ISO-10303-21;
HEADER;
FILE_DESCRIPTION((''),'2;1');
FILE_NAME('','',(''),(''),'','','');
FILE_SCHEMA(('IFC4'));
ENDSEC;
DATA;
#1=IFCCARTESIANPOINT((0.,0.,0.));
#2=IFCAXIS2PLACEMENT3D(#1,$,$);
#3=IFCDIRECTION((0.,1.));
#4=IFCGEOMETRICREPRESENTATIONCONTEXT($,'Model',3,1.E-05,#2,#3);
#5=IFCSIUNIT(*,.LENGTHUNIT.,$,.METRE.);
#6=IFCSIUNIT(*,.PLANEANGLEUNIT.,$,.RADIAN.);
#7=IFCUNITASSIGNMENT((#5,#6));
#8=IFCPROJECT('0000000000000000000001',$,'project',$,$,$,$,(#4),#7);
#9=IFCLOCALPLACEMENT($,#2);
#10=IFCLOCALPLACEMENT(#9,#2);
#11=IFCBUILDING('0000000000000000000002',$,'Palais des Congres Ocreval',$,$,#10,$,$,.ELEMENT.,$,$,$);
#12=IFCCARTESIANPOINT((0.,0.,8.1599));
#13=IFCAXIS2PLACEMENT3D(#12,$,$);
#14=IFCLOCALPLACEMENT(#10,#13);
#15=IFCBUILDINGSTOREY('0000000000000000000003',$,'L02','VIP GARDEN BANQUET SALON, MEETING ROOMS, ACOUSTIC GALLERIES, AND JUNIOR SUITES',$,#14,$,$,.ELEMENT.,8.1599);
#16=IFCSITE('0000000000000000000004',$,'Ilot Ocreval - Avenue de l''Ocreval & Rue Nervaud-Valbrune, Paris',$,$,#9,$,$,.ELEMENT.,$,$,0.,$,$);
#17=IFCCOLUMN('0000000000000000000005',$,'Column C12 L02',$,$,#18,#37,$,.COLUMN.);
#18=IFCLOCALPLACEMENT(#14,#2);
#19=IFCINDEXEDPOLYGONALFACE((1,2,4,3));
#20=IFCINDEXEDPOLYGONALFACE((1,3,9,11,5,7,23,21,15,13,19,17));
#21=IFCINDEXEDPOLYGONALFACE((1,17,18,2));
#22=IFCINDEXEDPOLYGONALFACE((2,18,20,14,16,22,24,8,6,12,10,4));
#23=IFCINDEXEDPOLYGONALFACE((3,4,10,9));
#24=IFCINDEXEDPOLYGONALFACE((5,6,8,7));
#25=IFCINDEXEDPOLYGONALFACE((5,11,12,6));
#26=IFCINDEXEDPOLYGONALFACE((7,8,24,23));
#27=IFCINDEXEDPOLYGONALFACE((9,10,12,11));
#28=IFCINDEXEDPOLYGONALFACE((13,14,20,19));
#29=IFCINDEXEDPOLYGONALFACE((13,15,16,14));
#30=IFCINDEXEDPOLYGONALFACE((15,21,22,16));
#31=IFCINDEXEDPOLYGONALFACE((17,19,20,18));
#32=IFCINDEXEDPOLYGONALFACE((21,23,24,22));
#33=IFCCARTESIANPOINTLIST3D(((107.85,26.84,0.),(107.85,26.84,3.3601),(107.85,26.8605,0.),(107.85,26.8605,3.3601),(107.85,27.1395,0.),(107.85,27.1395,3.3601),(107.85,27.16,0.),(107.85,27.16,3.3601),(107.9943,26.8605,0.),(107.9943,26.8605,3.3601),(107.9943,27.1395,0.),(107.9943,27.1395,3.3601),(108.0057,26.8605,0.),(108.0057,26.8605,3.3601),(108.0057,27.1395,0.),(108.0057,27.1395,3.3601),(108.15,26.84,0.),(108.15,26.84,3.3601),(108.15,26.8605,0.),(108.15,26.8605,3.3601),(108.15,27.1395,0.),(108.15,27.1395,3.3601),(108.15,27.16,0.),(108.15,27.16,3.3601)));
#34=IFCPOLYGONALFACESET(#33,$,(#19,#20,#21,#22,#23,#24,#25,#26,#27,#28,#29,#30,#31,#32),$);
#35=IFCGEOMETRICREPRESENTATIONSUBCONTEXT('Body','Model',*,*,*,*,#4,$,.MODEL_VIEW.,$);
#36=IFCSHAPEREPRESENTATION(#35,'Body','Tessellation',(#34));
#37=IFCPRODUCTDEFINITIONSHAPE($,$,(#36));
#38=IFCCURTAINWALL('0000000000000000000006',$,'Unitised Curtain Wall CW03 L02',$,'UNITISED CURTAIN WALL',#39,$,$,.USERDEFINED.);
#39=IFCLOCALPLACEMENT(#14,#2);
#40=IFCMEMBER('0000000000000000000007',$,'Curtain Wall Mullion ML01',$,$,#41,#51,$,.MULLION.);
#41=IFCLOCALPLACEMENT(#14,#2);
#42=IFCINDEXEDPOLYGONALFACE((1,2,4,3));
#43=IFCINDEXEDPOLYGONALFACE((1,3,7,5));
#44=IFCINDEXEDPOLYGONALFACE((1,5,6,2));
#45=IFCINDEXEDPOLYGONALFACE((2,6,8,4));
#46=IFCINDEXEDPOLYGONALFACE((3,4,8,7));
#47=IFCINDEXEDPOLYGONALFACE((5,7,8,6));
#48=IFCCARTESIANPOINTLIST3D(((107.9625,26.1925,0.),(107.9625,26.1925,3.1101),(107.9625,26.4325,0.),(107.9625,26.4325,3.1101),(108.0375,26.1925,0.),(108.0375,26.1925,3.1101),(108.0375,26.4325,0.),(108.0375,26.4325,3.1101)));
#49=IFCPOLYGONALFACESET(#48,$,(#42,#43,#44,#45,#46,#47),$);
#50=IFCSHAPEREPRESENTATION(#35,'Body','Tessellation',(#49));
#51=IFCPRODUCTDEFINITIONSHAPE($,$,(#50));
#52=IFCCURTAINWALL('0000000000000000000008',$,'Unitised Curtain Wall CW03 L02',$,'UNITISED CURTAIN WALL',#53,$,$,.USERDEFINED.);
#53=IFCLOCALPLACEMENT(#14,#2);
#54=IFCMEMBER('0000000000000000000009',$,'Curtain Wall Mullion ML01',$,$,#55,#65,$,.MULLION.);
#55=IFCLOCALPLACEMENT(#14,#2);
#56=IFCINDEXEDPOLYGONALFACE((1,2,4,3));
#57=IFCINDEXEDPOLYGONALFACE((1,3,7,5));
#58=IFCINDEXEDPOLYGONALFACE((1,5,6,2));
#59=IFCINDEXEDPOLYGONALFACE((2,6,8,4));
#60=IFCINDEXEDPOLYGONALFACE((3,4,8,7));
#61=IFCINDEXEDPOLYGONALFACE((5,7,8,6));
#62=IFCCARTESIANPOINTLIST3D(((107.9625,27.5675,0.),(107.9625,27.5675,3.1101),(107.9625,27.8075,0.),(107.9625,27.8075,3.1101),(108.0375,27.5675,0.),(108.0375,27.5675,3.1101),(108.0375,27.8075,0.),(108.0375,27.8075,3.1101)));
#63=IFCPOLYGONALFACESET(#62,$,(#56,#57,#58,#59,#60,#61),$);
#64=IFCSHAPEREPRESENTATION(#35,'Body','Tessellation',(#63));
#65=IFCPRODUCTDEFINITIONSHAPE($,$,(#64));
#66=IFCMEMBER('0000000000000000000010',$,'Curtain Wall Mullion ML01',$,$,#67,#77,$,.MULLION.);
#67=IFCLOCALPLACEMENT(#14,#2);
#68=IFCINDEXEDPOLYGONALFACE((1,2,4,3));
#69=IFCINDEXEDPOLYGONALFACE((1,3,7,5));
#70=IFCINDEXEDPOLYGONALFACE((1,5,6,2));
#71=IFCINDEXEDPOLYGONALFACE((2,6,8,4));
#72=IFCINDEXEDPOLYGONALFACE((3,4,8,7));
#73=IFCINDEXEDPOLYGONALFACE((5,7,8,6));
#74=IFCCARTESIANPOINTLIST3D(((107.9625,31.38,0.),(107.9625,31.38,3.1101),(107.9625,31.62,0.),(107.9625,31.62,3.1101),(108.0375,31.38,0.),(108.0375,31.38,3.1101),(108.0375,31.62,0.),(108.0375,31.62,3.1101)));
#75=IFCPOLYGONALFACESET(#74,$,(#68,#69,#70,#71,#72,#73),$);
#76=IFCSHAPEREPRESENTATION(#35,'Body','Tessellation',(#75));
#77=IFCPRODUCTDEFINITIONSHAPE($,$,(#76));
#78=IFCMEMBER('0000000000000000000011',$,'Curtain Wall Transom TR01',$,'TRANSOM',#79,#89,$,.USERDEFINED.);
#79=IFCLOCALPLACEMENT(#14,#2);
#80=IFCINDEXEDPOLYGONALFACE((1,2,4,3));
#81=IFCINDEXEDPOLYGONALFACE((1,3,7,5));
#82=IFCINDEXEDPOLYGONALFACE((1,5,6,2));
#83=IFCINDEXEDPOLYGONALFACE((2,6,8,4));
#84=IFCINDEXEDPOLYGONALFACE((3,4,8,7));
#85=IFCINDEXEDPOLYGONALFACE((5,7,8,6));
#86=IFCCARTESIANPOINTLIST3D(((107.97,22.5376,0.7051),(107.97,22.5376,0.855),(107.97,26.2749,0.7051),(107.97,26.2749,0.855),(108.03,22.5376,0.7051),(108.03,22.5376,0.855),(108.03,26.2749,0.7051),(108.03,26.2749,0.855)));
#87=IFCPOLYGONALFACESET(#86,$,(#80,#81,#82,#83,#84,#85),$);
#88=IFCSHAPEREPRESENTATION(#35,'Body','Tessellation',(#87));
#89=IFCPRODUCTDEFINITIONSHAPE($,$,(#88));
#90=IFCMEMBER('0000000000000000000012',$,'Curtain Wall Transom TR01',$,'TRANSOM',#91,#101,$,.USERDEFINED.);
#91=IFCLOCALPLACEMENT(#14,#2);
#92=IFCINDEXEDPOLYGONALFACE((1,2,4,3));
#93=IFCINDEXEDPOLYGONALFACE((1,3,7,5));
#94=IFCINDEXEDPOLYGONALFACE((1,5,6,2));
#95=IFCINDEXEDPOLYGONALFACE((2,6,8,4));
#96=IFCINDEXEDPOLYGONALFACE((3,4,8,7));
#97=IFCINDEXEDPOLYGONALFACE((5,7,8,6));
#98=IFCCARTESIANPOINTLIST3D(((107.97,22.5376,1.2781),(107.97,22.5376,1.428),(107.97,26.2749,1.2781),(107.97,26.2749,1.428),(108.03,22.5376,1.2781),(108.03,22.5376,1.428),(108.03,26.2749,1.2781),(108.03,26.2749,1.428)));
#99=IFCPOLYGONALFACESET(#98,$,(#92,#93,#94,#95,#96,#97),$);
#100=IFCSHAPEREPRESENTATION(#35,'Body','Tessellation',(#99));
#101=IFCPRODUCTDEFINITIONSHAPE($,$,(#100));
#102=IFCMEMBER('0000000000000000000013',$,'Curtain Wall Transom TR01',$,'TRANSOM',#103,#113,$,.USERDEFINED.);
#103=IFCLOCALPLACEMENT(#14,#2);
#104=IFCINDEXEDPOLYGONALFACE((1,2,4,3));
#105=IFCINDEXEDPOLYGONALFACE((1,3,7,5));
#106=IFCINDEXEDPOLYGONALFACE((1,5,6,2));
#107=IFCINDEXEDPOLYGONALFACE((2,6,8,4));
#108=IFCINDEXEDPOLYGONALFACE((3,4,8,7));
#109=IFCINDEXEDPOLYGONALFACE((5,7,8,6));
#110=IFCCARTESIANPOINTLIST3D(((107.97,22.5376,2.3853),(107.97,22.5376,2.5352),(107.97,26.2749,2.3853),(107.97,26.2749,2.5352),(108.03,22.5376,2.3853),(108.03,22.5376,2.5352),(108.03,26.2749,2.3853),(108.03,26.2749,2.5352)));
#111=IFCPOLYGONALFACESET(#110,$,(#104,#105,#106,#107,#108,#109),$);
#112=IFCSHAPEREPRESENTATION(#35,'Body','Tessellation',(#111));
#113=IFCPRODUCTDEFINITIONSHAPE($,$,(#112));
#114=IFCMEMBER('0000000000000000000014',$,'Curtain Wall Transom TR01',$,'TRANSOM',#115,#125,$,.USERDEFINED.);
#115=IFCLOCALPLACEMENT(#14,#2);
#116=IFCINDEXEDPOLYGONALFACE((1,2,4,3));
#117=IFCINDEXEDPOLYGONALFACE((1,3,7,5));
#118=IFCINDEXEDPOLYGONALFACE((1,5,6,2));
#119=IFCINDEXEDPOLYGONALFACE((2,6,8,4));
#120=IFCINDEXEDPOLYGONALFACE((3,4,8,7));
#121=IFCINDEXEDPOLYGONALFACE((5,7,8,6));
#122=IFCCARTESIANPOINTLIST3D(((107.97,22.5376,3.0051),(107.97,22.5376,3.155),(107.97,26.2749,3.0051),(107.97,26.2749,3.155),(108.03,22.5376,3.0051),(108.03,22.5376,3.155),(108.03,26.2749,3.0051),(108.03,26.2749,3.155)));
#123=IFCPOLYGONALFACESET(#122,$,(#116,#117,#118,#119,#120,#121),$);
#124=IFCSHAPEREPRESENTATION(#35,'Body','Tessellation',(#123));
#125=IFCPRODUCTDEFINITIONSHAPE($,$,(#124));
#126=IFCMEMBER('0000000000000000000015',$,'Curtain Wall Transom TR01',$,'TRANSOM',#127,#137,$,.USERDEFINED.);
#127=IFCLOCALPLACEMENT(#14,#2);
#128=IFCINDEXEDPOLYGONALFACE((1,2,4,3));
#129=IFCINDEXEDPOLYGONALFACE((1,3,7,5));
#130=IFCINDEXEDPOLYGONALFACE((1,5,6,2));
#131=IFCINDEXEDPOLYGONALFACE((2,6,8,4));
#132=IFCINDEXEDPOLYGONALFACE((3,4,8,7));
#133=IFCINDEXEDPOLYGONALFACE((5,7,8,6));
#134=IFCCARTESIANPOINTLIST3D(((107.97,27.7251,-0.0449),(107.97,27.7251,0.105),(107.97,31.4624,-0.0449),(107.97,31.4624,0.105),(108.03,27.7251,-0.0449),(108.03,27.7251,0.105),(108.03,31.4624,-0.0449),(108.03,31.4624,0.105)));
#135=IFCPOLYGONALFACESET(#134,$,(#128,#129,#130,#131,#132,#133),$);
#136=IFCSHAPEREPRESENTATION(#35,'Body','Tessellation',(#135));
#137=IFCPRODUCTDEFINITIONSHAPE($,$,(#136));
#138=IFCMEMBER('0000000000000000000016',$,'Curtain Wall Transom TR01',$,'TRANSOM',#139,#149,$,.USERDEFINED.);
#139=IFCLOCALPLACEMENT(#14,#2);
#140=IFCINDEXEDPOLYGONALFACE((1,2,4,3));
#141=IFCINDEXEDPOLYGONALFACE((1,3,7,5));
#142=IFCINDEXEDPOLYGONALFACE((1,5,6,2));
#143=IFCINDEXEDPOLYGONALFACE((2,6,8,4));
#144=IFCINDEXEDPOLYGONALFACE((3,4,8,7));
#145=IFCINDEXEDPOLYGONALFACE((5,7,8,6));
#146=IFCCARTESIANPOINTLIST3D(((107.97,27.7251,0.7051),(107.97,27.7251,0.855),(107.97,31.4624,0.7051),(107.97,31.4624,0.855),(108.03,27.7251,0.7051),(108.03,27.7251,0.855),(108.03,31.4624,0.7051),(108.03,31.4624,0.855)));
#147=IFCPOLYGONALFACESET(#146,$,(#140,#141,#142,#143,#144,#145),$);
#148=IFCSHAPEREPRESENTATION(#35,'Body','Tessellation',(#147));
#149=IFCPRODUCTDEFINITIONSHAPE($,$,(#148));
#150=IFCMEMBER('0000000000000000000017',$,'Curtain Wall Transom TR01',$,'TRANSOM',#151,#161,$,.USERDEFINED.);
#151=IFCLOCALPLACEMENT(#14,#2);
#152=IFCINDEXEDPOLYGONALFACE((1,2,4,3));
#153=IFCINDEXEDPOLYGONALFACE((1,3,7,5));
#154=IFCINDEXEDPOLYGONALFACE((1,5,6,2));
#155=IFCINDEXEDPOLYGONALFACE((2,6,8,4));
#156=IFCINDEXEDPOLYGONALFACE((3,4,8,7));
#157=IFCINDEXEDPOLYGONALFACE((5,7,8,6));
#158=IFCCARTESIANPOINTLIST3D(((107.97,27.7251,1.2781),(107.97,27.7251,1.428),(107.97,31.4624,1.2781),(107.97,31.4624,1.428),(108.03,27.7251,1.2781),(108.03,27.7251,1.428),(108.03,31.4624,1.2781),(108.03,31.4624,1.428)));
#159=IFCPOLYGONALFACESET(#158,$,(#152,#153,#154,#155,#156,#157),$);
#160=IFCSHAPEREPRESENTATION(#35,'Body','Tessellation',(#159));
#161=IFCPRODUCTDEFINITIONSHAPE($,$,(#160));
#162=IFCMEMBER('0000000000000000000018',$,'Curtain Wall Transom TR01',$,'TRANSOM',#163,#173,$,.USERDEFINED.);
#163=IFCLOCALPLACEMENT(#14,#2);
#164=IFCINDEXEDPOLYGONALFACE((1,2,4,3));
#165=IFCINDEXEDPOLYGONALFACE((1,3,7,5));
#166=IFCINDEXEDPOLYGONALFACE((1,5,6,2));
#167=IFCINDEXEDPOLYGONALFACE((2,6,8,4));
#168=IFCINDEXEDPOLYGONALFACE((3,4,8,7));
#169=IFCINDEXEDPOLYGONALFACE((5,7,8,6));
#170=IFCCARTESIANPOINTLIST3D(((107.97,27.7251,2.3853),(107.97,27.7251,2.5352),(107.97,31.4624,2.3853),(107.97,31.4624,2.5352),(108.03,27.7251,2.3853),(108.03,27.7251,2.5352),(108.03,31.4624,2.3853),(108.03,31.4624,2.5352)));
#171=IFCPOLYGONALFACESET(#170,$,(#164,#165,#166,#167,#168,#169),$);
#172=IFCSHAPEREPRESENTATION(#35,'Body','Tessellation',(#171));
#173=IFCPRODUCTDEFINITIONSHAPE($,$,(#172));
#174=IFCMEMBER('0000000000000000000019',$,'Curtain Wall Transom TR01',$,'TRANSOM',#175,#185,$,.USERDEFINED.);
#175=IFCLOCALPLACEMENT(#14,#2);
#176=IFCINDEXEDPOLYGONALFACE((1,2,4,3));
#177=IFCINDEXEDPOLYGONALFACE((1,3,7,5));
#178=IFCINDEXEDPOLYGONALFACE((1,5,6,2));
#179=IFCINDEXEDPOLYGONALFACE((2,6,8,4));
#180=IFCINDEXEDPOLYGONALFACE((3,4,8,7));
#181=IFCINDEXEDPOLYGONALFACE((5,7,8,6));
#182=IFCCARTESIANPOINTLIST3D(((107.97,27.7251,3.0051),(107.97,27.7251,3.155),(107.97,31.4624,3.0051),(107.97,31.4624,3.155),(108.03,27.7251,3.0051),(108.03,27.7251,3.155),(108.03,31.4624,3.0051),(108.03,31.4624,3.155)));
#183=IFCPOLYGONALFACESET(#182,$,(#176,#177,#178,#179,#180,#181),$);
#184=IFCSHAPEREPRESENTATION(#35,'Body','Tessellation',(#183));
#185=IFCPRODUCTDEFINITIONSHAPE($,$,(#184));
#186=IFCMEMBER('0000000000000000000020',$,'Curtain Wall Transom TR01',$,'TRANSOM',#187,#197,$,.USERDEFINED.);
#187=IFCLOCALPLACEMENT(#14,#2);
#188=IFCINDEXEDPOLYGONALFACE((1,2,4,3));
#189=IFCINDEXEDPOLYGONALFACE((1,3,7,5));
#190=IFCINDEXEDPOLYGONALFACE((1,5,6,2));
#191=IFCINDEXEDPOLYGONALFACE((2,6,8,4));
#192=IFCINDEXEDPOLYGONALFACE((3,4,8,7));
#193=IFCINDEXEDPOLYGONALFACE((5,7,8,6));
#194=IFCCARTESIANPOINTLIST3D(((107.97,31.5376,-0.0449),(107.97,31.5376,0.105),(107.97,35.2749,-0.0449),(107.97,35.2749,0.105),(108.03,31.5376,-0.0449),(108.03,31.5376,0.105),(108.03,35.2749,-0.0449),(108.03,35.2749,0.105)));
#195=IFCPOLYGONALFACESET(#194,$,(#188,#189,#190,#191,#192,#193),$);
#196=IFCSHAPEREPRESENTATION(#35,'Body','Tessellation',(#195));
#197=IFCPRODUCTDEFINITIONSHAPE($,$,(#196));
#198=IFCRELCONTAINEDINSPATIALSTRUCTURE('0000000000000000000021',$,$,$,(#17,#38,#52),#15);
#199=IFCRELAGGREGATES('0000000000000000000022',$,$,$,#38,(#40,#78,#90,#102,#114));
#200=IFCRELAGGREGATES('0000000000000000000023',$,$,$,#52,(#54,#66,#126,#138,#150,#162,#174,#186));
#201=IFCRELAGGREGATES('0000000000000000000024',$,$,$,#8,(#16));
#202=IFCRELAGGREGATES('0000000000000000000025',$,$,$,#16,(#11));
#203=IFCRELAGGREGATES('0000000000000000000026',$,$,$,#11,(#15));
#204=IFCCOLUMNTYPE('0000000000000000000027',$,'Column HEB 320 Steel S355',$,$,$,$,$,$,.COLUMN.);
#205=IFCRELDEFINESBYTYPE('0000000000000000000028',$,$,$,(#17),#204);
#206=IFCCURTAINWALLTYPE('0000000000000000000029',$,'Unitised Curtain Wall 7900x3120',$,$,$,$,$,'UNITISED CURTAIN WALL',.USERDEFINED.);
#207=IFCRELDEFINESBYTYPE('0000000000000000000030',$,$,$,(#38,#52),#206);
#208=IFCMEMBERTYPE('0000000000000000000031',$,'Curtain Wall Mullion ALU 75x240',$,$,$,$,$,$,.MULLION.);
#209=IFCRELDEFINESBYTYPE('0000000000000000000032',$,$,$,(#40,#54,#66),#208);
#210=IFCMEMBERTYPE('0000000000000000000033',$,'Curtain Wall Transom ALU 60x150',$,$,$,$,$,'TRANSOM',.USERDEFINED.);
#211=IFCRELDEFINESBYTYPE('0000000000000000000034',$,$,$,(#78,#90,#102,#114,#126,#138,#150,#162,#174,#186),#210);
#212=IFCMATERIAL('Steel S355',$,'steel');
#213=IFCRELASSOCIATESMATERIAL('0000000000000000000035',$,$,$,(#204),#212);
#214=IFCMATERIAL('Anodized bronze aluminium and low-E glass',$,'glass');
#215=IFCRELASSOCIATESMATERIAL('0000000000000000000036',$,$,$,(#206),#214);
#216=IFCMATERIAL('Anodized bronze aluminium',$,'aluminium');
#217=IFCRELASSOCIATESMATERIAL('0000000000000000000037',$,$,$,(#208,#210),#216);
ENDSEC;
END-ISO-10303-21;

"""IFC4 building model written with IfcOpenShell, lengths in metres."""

from ifc_helpers import new_model, si_unit, direction, frame, origin, origin_2d, place, context, subcontext, project, spatial, rectangle, i_section, extrude, material, material_profile, profile_set, type_object, element, aggregate, save


model = new_model("IFC4")

# Units and contexts
model_context = context("Model", 3, precision=1e-05, world=origin(), true_north=direction((0.0, 1.0)))
body_context = subcontext(model_context, "Body", "Model", "MODEL_VIEW")
ifc_project = project(units=[si_unit("LENGTHUNIT", "METRE"), si_unit("PLANEANGLEUNIT", "RADIAN")], contexts=[model_context])

# Site, building, storey
site_placement = place(None, origin())
site = spatial("IfcSite", under=ifc_project, at=site_placement, Name="Ilot Ocreval - Avenue de l'Ocreval & Rue Nervaud-Valbrune, Paris", CompositionType="ELEMENT", RefElevation=0.0)
building_placement = place(site_placement, origin())
building = spatial("IfcBuilding", under=site, at=building_placement, Name="Palais des Congres Ocreval", CompositionType="ELEMENT")
storey_placement = place(building_placement, frame((0.0, 0.0, 8.1599)))
storey = spatial("IfcBuildingStorey", under=building, at=storey_placement, Name="L02", Description="VIP GARDEN BANQUET SALON, MEETING ROOMS, ACOUSTIC GALLERIES, AND JUNIOR SUITES", CompositionType="ELEMENT", Elevation=8.1599)

# Column
ifc_material_1 = material(Name="Steel S355", Category="steel")
ifc_material_profile_1 = material_profile(ifc_material_1, i_section(OverallWidth=0.3, OverallDepth=0.3201, WebThickness=0.0115, FlangeThickness=0.0205, at=origin_2d()), Name="HEB 320")
ifc_profile_set_1 = profile_set([ifc_material_profile_1], Name="Steel S355")
column_type = type_object("IfcColumnType", Name="Column HEB 320 Steel S355", PredefinedType="COLUMN", material=ifc_profile_set_1)
column_placement = place(storey_placement, frame((108.0, 27.0, 0.0), z_axis=(0.0, 0.0, 1.0), x_axis=(1.0, 0.0, 0.0)))
element("IfcColumn", 1, at=column_placement, inside=storey, type_object=column_type, Name="Column C12 L02", PredefinedType="COLUMN", context=body_context, shape_type="SweptSolid", body=[
    extrude(i_section(OverallWidth=0.3, OverallDepth=0.3201, WebThickness=0.0115, FlangeThickness=0.0205, at=origin_2d()), origin(), (0.0, 0.0, 1.0), 3.3601),
])

# Curtain wall, member
ifc_material_2 = material(Name="Anodized bronze aluminium and low-E glass", Category="glass")
curtain_wall_type = type_object("IfcCurtainWallType", Name="Unitised Curtain Wall 7900x3120", ElementType="UNITISED CURTAIN WALL", PredefinedType="USERDEFINED", material=ifc_material_2)
curtain_wall_1_placement = place(storey_placement, origin())
curtain_wall_1 = element("IfcCurtainWall", 2, at=curtain_wall_1_placement, inside=storey, type_object=curtain_wall_type, Name="Unitised Curtain Wall CW03 L02", ObjectType="UNITISED CURTAIN WALL", PredefinedType="USERDEFINED")
ifc_material_3 = material(Name="Anodized bronze aluminium", Category="aluminium")
ifc_material_profile_2 = material_profile(ifc_material_3, rectangle(XDim=0.075, YDim=0.24, at=origin_2d()), Name="ALU 75x240")
ifc_profile_set_2 = profile_set([ifc_material_profile_2], Name="Anodized bronze aluminium")
member_type_1 = type_object("IfcMemberType", Name="Curtain Wall Mullion ALU 75x240", PredefinedType="MULLION", material=ifc_profile_set_2)
member_1_placement = place(storey_placement, frame((108.0, 26.3125, 0.0), z_axis=(0.0, 0.0, 1.0), x_axis=(-1.0, 0.0, 0.0)))
member_1 = element("IfcMember", 3, at=member_1_placement, type_object=member_type_1, Name="Curtain Wall Mullion ML01", PredefinedType="MULLION", context=body_context, shape_type="SweptSolid", body=[
    extrude(rectangle(XDim=0.075, YDim=0.24, at=origin_2d()), origin(), (0.0, 0.0, 1.0), 3.1101),
])

# Curtain wall, members
curtain_wall_2_placement = place(storey_placement, origin())
curtain_wall_2 = element("IfcCurtainWall", 4, at=curtain_wall_2_placement, inside=storey, type_object=curtain_wall_type, Name="Unitised Curtain Wall CW03 L02", ObjectType="UNITISED CURTAIN WALL", PredefinedType="USERDEFINED")
member_2_placement = place(storey_placement, frame((108.0, 27.6875, 0.0), z_axis=(0.0, 0.0, 1.0), x_axis=(-1.0, 0.0, 0.0)))
member_2 = element("IfcMember", 5, at=member_2_placement, type_object=member_type_1, Name="Curtain Wall Mullion ML01", PredefinedType="MULLION", context=body_context, shape_type="SweptSolid", body=[
    extrude(rectangle(XDim=0.075, YDim=0.24, at=origin_2d()), origin(), (0.0, 0.0, 1.0), 3.1101),
])
member_3_placement = place(storey_placement, frame((108.0, 31.5, 0.0), z_axis=(0.0, 0.0, 1.0), x_axis=(-1.0, 0.0, 0.0)))
member_3 = element("IfcMember", 6, at=member_3_placement, type_object=member_type_1, Name="Curtain Wall Mullion ML01", PredefinedType="MULLION", context=body_context, shape_type="SweptSolid", body=[
    extrude(rectangle(XDim=0.075, YDim=0.24, at=origin_2d()), origin(), (0.0, 0.0, 1.0), 3.1101),
])

# Members
ifc_material_profile_3 = material_profile(ifc_material_3, rectangle(XDim=0.0601, YDim=0.1499, at=origin_2d()), Name="ALU 60x150")
ifc_profile_set_3 = profile_set([ifc_material_profile_3], Name="Anodized bronze aluminium")
member_type_2 = type_object("IfcMemberType", Name="Curtain Wall Transom ALU 60x150", ElementType="TRANSOM", PredefinedType="USERDEFINED", material=ifc_profile_set_3)
member_4_placement = place(storey_placement, frame((108.0, 22.5376, 0.78), z_axis=(0.0, 1.0, 0.0), x_axis=(-1.0, 0.0, 0.0)))
member_4 = element("IfcMember", 7, at=member_4_placement, type_object=member_type_2, Name="Curtain Wall Transom TR01", ObjectType="TRANSOM", PredefinedType="USERDEFINED", context=body_context, shape_type="SweptSolid", body=[
    extrude(rectangle(XDim=0.0601, YDim=0.1499, at=origin_2d()), origin(), (0.0, 0.0, 1.0), 3.7373),
])
member_5_placement = place(storey_placement, frame((108.0, 22.5376, 1.353), z_axis=(0.0, 1.0, 0.0), x_axis=(-1.0, 0.0, 0.0)))
member_5 = element("IfcMember", 8, at=member_5_placement, type_object=member_type_2, Name="Curtain Wall Transom TR01", ObjectType="TRANSOM", PredefinedType="USERDEFINED", context=body_context, shape_type="SweptSolid", body=[
    extrude(rectangle(XDim=0.0601, YDim=0.1499, at=origin_2d()), origin(), (0.0, 0.0, 1.0), 3.7373),
])
member_6_placement = place(storey_placement, frame((108.0, 22.5376, 2.4602), z_axis=(0.0, 1.0, 0.0), x_axis=(-1.0, 0.0, 0.0)))
member_6 = element("IfcMember", 9, at=member_6_placement, type_object=member_type_2, Name="Curtain Wall Transom TR01", ObjectType="TRANSOM", PredefinedType="USERDEFINED", context=body_context, shape_type="SweptSolid", body=[
    extrude(rectangle(XDim=0.0601, YDim=0.1499, at=origin_2d()), origin(), (0.0, 0.0, 1.0), 3.7373),
])
member_7_placement = place(storey_placement, frame((108.0, 22.5376, 3.0801), z_axis=(0.0, 1.0, 0.0), x_axis=(-1.0, 0.0, 0.0)))
member_7 = element("IfcMember", 10, at=member_7_placement, type_object=member_type_2, Name="Curtain Wall Transom TR01", ObjectType="TRANSOM", PredefinedType="USERDEFINED", context=body_context, shape_type="SweptSolid", body=[
    extrude(rectangle(XDim=0.0601, YDim=0.1499, at=origin_2d()), origin(), (0.0, 0.0, 1.0), 3.7373),
])
member_8_placement = place(storey_placement, frame((108.0, 27.7251, 0.03), z_axis=(0.0, 1.0, 0.0), x_axis=(-1.0, 0.0, 0.0)))
member_8 = element("IfcMember", 11, at=member_8_placement, type_object=member_type_2, Name="Curtain Wall Transom TR01", ObjectType="TRANSOM", PredefinedType="USERDEFINED", context=body_context, shape_type="SweptSolid", body=[
    extrude(rectangle(XDim=0.0601, YDim=0.1499, at=origin_2d()), origin(), (0.0, 0.0, 1.0), 3.7373),
])
member_9_placement = place(storey_placement, frame((108.0, 27.7251, 0.78), z_axis=(0.0, 1.0, 0.0), x_axis=(-1.0, 0.0, 0.0)))
member_9 = element("IfcMember", 12, at=member_9_placement, type_object=member_type_2, Name="Curtain Wall Transom TR01", ObjectType="TRANSOM", PredefinedType="USERDEFINED", context=body_context, shape_type="SweptSolid", body=[
    extrude(rectangle(XDim=0.0601, YDim=0.1499, at=origin_2d()), origin(), (0.0, 0.0, 1.0), 3.7373),
])
member_10_placement = place(storey_placement, frame((108.0, 27.7251, 1.353), z_axis=(0.0, 1.0, 0.0), x_axis=(-1.0, 0.0, 0.0)))
member_10 = element("IfcMember", 13, at=member_10_placement, type_object=member_type_2, Name="Curtain Wall Transom TR01", ObjectType="TRANSOM", PredefinedType="USERDEFINED", context=body_context, shape_type="SweptSolid", body=[
    extrude(rectangle(XDim=0.0601, YDim=0.1499, at=origin_2d()), origin(), (0.0, 0.0, 1.0), 3.7373),
])
member_11_placement = place(storey_placement, frame((108.0, 27.7251, 2.4602), z_axis=(0.0, 1.0, 0.0), x_axis=(-1.0, 0.0, 0.0)))
member_11 = element("IfcMember", 14, at=member_11_placement, type_object=member_type_2, Name="Curtain Wall Transom TR01", ObjectType="TRANSOM", PredefinedType="USERDEFINED", context=body_context, shape_type="SweptSolid", body=[
    extrude(rectangle(XDim=0.0601, YDim=0.1499, at=origin_2d()), origin(), (0.0, 0.0, 1.0), 3.7373),
])
member_12_placement = place(storey_placement, frame((108.0, 27.7251, 3.0801), z_axis=(0.0, 1.0, 0.0), x_axis=(-1.0, 0.0, 0.0)))
member_12 = element("IfcMember", 15, at=member_12_placement, type_object=member_type_2, Name="Curtain Wall Transom TR01", ObjectType="TRANSOM", PredefinedType="USERDEFINED", context=body_context, shape_type="SweptSolid", body=[
    extrude(rectangle(XDim=0.0601, YDim=0.1499, at=origin_2d()), origin(), (0.0, 0.0, 1.0), 3.7373),
])
member_13_placement = place(storey_placement, frame((108.0, 31.5376, 0.03), z_axis=(0.0, 1.0, 0.0), x_axis=(-1.0, 0.0, 0.0)))
member_13 = element("IfcMember", 16, at=member_13_placement, type_object=member_type_2, Name="Curtain Wall Transom TR01", ObjectType="TRANSOM", PredefinedType="USERDEFINED", context=body_context, shape_type="SweptSolid", body=[
    extrude(rectangle(XDim=0.0601, YDim=0.1499, at=origin_2d()), origin(), (0.0, 0.0, 1.0), 3.7373),
])

aggregate(curtain_wall_1, [member_1, member_4, member_5, member_6, member_7])

aggregate(curtain_wall_2, [member_2, member_3, member_8, member_9, member_10, member_11, member_12, member_13])

save(model, "model.ifc")
